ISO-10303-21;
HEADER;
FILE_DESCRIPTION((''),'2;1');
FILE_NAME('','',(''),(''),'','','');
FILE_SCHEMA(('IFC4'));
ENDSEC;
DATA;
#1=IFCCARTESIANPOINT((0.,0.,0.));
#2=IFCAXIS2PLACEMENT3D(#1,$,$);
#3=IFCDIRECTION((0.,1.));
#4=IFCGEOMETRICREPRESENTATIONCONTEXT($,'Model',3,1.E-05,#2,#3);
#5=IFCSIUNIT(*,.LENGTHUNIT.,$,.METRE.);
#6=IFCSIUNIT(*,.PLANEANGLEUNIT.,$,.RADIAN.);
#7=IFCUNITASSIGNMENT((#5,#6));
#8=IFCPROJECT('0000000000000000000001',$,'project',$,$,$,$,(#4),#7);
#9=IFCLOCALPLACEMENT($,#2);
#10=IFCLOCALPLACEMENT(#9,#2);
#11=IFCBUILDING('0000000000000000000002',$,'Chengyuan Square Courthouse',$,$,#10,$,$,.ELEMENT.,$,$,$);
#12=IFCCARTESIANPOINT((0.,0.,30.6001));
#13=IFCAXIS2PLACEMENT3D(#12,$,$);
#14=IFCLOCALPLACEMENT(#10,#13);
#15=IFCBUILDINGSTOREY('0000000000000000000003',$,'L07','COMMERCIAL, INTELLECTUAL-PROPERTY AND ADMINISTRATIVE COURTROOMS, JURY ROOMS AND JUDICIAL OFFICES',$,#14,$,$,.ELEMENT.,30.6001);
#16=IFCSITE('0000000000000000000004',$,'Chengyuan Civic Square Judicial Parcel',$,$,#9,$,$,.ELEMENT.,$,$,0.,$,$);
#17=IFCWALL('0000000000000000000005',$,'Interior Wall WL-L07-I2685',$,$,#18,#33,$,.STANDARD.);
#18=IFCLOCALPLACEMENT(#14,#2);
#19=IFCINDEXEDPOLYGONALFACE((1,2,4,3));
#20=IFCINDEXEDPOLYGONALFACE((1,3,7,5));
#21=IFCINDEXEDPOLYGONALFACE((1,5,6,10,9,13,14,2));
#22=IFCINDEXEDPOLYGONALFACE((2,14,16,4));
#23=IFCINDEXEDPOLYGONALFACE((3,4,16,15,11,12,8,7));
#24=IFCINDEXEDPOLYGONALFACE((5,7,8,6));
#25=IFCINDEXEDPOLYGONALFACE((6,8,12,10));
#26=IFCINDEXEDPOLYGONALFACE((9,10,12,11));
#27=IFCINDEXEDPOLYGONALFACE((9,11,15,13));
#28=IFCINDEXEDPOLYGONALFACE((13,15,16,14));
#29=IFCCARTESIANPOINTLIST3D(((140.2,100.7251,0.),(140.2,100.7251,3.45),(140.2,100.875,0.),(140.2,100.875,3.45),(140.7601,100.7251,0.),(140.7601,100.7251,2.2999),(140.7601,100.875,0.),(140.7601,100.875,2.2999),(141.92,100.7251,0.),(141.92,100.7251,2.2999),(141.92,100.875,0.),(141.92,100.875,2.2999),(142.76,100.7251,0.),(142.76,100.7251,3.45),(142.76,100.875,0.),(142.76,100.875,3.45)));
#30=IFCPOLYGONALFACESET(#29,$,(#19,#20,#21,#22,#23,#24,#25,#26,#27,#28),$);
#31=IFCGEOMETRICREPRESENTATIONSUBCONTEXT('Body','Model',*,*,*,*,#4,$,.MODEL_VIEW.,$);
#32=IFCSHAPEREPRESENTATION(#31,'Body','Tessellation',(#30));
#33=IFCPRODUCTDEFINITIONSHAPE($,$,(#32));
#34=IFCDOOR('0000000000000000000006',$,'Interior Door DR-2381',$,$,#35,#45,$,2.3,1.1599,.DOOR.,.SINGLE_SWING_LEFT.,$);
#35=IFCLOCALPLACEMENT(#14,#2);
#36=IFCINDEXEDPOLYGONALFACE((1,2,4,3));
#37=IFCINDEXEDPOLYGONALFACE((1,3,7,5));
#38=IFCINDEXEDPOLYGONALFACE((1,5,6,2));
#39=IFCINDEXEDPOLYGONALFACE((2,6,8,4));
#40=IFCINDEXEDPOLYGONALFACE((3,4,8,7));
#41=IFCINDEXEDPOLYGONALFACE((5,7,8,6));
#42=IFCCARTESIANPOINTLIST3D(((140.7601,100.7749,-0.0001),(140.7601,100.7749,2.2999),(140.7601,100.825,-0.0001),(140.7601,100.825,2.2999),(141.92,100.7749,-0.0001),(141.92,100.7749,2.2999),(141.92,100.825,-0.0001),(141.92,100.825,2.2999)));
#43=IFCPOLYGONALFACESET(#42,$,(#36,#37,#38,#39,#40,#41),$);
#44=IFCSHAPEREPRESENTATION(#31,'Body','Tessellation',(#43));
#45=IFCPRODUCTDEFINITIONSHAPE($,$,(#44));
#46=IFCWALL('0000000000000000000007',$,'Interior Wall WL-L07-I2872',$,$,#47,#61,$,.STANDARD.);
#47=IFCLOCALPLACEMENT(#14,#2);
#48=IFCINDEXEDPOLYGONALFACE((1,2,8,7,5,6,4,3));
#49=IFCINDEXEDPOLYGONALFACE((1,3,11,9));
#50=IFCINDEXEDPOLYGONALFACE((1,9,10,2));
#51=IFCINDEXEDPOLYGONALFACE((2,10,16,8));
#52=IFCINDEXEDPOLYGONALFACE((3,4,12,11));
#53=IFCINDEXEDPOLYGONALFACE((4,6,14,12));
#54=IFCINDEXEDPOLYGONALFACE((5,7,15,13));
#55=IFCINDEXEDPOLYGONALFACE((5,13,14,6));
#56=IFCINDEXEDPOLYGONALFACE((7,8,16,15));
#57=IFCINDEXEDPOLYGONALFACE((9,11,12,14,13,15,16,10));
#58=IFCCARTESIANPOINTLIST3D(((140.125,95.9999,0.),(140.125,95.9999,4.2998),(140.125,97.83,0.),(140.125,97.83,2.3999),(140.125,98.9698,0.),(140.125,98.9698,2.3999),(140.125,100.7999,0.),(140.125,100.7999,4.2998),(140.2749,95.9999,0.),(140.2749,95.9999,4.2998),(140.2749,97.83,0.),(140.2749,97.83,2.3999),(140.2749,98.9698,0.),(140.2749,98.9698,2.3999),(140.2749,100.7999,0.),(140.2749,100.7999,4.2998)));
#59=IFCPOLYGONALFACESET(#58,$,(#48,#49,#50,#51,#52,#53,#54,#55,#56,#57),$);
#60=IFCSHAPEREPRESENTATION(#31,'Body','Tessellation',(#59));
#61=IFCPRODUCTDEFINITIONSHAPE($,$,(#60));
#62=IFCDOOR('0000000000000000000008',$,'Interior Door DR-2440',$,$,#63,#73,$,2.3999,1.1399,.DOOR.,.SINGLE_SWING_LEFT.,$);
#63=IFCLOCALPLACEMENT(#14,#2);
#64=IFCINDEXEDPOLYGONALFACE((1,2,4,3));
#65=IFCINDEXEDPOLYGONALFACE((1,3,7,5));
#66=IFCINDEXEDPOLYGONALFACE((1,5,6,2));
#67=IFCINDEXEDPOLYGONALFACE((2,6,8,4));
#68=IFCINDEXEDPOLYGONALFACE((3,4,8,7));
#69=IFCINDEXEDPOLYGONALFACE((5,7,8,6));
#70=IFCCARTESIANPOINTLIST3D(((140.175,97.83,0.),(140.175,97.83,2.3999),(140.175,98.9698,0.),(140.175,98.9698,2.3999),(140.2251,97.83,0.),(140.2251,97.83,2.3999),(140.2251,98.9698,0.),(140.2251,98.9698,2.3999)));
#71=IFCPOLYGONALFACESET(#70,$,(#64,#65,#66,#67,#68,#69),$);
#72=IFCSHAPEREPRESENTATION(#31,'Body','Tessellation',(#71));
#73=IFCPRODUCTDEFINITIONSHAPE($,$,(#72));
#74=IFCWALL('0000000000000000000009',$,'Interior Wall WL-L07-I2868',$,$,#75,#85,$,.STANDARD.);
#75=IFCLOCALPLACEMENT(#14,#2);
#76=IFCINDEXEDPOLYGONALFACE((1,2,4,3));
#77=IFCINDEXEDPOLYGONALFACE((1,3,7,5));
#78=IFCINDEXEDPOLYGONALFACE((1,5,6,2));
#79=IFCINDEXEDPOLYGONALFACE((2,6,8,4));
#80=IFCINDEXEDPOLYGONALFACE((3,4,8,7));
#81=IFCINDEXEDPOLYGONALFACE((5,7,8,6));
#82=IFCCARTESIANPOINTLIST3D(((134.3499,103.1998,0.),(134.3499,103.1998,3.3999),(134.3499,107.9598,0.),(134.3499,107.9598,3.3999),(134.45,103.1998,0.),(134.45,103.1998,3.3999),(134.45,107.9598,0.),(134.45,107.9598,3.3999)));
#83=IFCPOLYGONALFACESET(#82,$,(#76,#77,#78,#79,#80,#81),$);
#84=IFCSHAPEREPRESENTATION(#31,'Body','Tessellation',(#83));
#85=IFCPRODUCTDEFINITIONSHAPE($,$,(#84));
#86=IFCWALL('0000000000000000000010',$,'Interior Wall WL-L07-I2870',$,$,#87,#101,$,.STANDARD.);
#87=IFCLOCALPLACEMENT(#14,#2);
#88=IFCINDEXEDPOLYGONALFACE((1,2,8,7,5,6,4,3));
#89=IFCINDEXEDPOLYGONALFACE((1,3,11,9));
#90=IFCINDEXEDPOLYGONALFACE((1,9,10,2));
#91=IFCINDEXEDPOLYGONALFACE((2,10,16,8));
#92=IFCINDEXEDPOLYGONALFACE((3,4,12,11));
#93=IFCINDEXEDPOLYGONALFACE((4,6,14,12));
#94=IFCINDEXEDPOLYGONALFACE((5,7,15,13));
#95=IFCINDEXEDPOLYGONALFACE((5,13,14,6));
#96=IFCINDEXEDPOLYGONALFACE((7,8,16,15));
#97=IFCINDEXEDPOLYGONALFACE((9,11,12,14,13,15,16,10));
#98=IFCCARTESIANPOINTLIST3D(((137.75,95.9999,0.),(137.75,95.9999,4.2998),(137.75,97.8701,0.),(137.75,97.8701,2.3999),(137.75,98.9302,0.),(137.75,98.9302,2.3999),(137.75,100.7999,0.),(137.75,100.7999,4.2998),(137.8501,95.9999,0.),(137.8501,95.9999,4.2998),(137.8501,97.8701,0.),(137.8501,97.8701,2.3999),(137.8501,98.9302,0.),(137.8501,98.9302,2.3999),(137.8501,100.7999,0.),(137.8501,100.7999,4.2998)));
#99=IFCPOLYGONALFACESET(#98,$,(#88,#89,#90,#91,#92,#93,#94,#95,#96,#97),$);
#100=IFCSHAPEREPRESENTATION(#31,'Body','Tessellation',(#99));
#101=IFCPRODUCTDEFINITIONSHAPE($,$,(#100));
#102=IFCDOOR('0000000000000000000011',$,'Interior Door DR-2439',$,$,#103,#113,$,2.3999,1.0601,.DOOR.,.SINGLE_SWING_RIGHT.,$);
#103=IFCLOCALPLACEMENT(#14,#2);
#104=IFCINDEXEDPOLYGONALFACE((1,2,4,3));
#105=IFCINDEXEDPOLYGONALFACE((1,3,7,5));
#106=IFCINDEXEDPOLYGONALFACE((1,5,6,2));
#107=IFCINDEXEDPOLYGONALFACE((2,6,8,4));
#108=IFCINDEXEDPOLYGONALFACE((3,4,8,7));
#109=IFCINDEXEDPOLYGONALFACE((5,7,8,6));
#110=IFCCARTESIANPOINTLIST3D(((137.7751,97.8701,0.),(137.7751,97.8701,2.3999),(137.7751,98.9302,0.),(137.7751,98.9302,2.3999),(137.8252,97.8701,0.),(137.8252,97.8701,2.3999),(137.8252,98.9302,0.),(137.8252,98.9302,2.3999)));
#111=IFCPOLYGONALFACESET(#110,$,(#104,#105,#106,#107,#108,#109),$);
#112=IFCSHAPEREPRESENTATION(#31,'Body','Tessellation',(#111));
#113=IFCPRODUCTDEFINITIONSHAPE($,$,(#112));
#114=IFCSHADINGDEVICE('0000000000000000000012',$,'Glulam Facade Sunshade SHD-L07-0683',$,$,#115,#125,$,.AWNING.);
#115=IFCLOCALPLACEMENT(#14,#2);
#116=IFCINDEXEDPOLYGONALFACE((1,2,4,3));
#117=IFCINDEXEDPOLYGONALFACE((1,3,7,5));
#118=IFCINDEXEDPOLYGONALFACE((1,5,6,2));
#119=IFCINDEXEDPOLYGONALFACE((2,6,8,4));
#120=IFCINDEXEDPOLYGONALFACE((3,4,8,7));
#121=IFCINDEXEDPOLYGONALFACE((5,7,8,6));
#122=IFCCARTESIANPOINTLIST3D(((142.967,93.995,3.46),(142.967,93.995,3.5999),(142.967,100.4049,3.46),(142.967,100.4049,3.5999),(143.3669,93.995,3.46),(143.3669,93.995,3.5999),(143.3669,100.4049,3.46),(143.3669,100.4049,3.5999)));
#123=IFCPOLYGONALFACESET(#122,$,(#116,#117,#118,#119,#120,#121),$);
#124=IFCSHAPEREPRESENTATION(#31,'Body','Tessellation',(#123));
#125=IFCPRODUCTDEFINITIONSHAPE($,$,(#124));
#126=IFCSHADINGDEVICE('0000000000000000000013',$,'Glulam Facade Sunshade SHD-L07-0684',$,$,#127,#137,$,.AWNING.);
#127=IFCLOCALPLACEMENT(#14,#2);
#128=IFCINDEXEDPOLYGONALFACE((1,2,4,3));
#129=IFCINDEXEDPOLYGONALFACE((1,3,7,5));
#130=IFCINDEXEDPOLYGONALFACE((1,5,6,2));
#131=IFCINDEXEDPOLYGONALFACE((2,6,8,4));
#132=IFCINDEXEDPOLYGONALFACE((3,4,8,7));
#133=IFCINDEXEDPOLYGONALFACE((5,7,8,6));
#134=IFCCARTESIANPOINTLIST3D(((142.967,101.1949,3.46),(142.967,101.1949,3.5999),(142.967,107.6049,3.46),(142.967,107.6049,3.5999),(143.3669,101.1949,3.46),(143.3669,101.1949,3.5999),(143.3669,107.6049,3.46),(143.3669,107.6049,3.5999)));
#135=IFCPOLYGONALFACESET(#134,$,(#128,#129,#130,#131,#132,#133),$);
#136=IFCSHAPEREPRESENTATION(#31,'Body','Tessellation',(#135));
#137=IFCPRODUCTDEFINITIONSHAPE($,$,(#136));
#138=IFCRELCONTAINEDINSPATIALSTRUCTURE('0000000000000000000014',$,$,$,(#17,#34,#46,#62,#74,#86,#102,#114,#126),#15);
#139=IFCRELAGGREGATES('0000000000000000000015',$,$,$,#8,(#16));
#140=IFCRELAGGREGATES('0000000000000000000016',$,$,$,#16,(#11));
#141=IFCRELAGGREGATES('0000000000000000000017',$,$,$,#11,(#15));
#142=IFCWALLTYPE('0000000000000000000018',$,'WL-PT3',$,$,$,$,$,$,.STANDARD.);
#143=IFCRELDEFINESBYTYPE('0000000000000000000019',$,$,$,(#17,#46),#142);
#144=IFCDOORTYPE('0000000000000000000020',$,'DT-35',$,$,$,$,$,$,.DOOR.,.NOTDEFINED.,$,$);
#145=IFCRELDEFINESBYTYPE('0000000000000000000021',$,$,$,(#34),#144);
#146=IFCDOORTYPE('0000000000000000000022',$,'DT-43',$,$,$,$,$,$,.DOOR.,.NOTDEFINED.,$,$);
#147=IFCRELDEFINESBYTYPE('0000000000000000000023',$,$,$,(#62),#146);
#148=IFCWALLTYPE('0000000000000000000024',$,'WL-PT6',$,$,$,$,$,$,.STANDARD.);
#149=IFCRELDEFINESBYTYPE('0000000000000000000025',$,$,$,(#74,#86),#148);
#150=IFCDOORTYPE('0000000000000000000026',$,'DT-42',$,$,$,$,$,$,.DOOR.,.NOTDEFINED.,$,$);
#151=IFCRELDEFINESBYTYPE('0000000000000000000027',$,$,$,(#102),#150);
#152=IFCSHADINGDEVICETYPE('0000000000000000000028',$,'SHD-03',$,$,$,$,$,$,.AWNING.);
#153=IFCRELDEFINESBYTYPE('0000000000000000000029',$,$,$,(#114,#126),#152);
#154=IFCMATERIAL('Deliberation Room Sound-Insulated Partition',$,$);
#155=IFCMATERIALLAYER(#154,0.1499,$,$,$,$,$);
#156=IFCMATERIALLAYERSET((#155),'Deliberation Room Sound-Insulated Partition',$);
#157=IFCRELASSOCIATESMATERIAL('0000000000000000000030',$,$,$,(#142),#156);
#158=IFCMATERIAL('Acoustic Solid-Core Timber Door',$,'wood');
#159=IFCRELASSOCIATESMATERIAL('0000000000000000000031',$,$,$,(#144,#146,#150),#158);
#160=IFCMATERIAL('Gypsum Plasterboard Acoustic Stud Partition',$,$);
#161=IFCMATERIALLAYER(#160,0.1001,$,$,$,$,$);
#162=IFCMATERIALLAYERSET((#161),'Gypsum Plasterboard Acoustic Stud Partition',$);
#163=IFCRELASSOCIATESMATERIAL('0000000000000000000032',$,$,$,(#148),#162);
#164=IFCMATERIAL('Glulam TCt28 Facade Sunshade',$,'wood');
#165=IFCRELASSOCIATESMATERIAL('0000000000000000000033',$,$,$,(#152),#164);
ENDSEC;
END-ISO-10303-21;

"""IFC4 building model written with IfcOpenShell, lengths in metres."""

from ifc_helpers import new_model, si_unit, direction, frame, frame_2d, origin, origin_2d, place, context, subcontext, project, spatial, rectangle, extrude, material, layer, layer_set, type_object, element, fill, save


model = new_model("IFC4")

# Units and contexts
model_context = context("Model", 3, precision=1e-05, world=origin(), true_north=direction((0.0, 1.0)))
body_context = subcontext(model_context, "Body", "Model", "MODEL_VIEW")
ifc_project = project(units=[si_unit("LENGTHUNIT", "METRE"), si_unit("PLANEANGLEUNIT", "RADIAN")], contexts=[model_context])

# Site, building, storey
site_placement = place(None, origin())
site = spatial("IfcSite", under=ifc_project, at=site_placement, Name="Chengyuan Civic Square Judicial Parcel", CompositionType="ELEMENT", RefElevation=0.0)
building_placement = place(site_placement, origin())
building = spatial("IfcBuilding", under=site, at=building_placement, Name="Chengyuan Square Courthouse", CompositionType="ELEMENT")
storey_placement = place(building_placement, frame((0.0, 0.0, 30.6001)))
storey = spatial("IfcBuildingStorey", under=building, at=storey_placement, Name="L07", Description="COMMERCIAL, INTELLECTUAL-PROPERTY AND ADMINISTRATIVE COURTROOMS, JURY ROOMS AND JUDICIAL OFFICES", CompositionType="ELEMENT", Elevation=30.6001)

# Walls, openings, doors
ifc_material_1 = material(Name="Deliberation Room Sound-Insulated Partition")
ifc_layer_1 = layer(ifc_material_1, 0.1499)
ifc_layer_set_1 = layer_set([ifc_layer_1], Name="Deliberation Room Sound-Insulated Partition")
wall_type_1 = type_object("IfcWallType", Name="WL-PT3", PredefinedType="STANDARD", material=ifc_layer_set_1)
ifc_material_2 = material(Name="Acoustic Solid-Core Timber Door", Category="wood")
wall_1_placement = place(storey_placement, frame((140.2, 100.8, 0.0), z_axis=(0.0, 0.0, 1.0), x_axis=(1.0, 0.0, 0.0)))
wall_1 = element("IfcWall", 1, at=wall_1_placement, inside=storey, type_object=wall_type_1, Name="Interior Wall WL-L07-I2685", PredefinedType="STANDARD", context=body_context, shape_type="SweptSolid", body=[
    extrude(rectangle(XDim=2.5601, YDim=0.1499, at=frame_2d((1.28, 0.0))), origin(), (0.0, 0.0, 1.0), 3.45),
])
opening_1_placement = place(wall_1_placement, frame((0.5601, 0.0, 0.0)))
opening_1 = element("IfcOpeningElement", 2, at=opening_1_placement, cuts=wall_1, PredefinedType="OPENING", context=body_context, shape_type="SweptSolid", body=[
    extrude(rectangle(XDim=1.1599, YDim=2.3, at=frame_2d((0.5801, 1.1499))), frame((0.0, 0.0869, 0.0), z_axis=(0.0, -1.0, 0.0), x_axis=(1.0, 0.0, 0.0)), (0.0, 0.0, 1.0), 0.1738),
])
door_type_1 = type_object("IfcDoorType", Name="DT-35", OperationType="NOTDEFINED", PredefinedType="DOOR", material=ifc_material_2)
door_1_placement = place(opening_1_placement, origin())
door_1 = element("IfcDoor", 3, at=door_1_placement, inside=storey, type_object=door_type_1, Name="Interior Door DR-2381", OperationType="SINGLE_SWING_LEFT", OverallHeight=2.3, OverallWidth=1.1599, PredefinedType="DOOR", context=body_context, shape_type="SweptSolid", body=[
    extrude(rectangle(XDim=1.1599, YDim=2.3, at=frame_2d((0.5801, 1.1499))), frame((0.0, 0.0249, 0.0), z_axis=(0.0, -1.0, 0.0), x_axis=(1.0, 0.0, 0.0)), (0.0, 0.0, 1.0), 0.05),
])
fill(opening_1, door_1)
wall_2_placement = place(storey_placement, frame((140.2, 96.0, 0.0), z_axis=(0.0, 0.0, 1.0), x_axis=(0.0, 1.0, 0.0)))
wall_2 = element("IfcWall", 4, at=wall_2_placement, inside=storey, type_object=wall_type_1, Name="Interior Wall WL-L07-I2872", PredefinedType="STANDARD", context=body_context, shape_type="SweptSolid", body=[
    extrude(rectangle(XDim=4.8, YDim=0.1499, at=frame_2d((2.3999, 0.0))), origin(), (0.0, 0.0, 1.0), 4.2998),
])
opening_2_placement = place(wall_2_placement, frame((1.8301, 0.0, 0.0)))
opening_2 = element("IfcOpeningElement", 5, at=opening_2_placement, cuts=wall_2, PredefinedType="OPENING", context=body_context, shape_type="SweptSolid", body=[
    extrude(rectangle(XDim=1.1399, YDim=2.3999, at=frame_2d((0.5698, 1.2))), frame((0.0, 0.0869, 0.0), z_axis=(0.0, -1.0, 0.0), x_axis=(1.0, 0.0, 0.0)), (0.0, 0.0, 1.0), 0.1738),
])
door_type_2 = type_object("IfcDoorType", Name="DT-43", OperationType="NOTDEFINED", PredefinedType="DOOR", material=ifc_material_2)
door_2_placement = place(opening_2_placement, origin())
door_2 = element("IfcDoor", 6, at=door_2_placement, inside=storey, type_object=door_type_2, Name="Interior Door DR-2440", OperationType="SINGLE_SWING_LEFT", OverallHeight=2.3999, OverallWidth=1.1399, PredefinedType="DOOR", context=body_context, shape_type="SweptSolid", body=[
    extrude(rectangle(XDim=1.1399, YDim=2.3999, at=frame_2d((0.5698, 1.2))), frame((0.0, 0.0249, 0.0), z_axis=(0.0, -1.0, 0.0), x_axis=(1.0, 0.0, 0.0)), (0.0, 0.0, 1.0), 0.05),
])
fill(opening_2, door_2)

# Wall
ifc_material_3 = material(Name="Gypsum Plasterboard Acoustic Stud Partition")
ifc_layer_2 = layer(ifc_material_3, 0.1001)
ifc_layer_set_2 = layer_set([ifc_layer_2], Name="Gypsum Plasterboard Acoustic Stud Partition")
wall_type_2 = type_object("IfcWallType", Name="WL-PT6", PredefinedType="STANDARD", material=ifc_layer_set_2)
wall_3_placement = place(storey_placement, frame((134.3999, 103.2, 0.0), z_axis=(0.0, 0.0, 1.0), x_axis=(0.0, 1.0, 0.0)))
element("IfcWall", 7, at=wall_3_placement, inside=storey, type_object=wall_type_2, Name="Interior Wall WL-L07-I2868", PredefinedType="STANDARD", context=body_context, shape_type="SweptSolid", body=[
    extrude(rectangle(XDim=4.76, YDim=0.1001, at=frame_2d((2.3799, 0.0))), origin(), (0.0, 0.0, 1.0), 3.3999),
])

# Wall, opening, door
wall_4_placement = place(storey_placement, frame((137.8, 96.0, 0.0), z_axis=(0.0, 0.0, 1.0), x_axis=(0.0, 1.0, 0.0)))
wall_4 = element("IfcWall", 8, at=wall_4_placement, inside=storey, type_object=wall_type_2, Name="Interior Wall WL-L07-I2870", PredefinedType="STANDARD", context=body_context, shape_type="SweptSolid", body=[
    extrude(rectangle(XDim=4.8, YDim=0.1001, at=frame_2d((2.3999, 0.0))), origin(), (0.0, 0.0, 1.0), 4.2998),
])
opening_3_placement = place(wall_4_placement, frame((1.8701, 0.0, 0.0)))
opening_3 = element("IfcOpeningElement", 9, at=opening_3_placement, cuts=wall_4, PredefinedType="OPENING", context=body_context, shape_type="SweptSolid", body=[
    extrude(rectangle(XDim=1.0601, YDim=2.3999, at=frame_2d((0.53, 1.2))), frame((0.0, 0.062, 0.0), z_axis=(0.0, -1.0, 0.0), x_axis=(1.0, 0.0, 0.0)), (0.0, 0.0, 1.0), 0.124),
])
door_type_3 = type_object("IfcDoorType", Name="DT-42", OperationType="NOTDEFINED", PredefinedType="DOOR", material=ifc_material_2)
door_3_placement = place(opening_3_placement, origin())
door_3 = element("IfcDoor", 10, at=door_3_placement, inside=storey, type_object=door_type_3, Name="Interior Door DR-2439", OperationType="SINGLE_SWING_RIGHT", OverallHeight=2.3999, OverallWidth=1.0601, PredefinedType="DOOR", context=body_context, shape_type="SweptSolid", body=[
    extrude(rectangle(XDim=1.0601, YDim=2.3999, at=frame_2d((0.53, 1.2))), frame((0.0, 0.0249, 0.0), z_axis=(0.0, -1.0, 0.0), x_axis=(1.0, 0.0, 0.0)), (0.0, 0.0, 1.0), 0.05),
])
fill(opening_3, door_3)

# Shading devices
ifc_material_4 = material(Name="Glulam TCt28 Facade Sunshade", Category="wood")
shading_device_type = type_object("IfcShadingDeviceType", Name="SHD-03", PredefinedType="AWNING", material=ifc_material_4)
for number, where, z_axis, x_axis, name in (
    (11, (143.167, 97.2, 3.46), (0.0, 0.0, 1.0), (0.0, 1.0, 0.0), "Glulam Facade Sunshade SHD-L07-0683"),
    (12, (143.167, 104.3999, 3.46), (0.0, 0.0, 1.0), (0.0, 1.0, 0.0), "Glulam Facade Sunshade SHD-L07-0684"),
):
    element("IfcShadingDevice", number, at=place(storey_placement, frame(where, z_axis=z_axis, x_axis=x_axis)), inside=storey, type_object=shading_device_type, Name=name, PredefinedType="AWNING", context=body_context, shape_type="SweptSolid", body=[
        extrude(rectangle(XDim=6.4099, YDim=0.3999, at=origin_2d()), origin(), (0.0, 0.0, 1.0), 0.1399),
    ])

save(model, "model.ifc")
